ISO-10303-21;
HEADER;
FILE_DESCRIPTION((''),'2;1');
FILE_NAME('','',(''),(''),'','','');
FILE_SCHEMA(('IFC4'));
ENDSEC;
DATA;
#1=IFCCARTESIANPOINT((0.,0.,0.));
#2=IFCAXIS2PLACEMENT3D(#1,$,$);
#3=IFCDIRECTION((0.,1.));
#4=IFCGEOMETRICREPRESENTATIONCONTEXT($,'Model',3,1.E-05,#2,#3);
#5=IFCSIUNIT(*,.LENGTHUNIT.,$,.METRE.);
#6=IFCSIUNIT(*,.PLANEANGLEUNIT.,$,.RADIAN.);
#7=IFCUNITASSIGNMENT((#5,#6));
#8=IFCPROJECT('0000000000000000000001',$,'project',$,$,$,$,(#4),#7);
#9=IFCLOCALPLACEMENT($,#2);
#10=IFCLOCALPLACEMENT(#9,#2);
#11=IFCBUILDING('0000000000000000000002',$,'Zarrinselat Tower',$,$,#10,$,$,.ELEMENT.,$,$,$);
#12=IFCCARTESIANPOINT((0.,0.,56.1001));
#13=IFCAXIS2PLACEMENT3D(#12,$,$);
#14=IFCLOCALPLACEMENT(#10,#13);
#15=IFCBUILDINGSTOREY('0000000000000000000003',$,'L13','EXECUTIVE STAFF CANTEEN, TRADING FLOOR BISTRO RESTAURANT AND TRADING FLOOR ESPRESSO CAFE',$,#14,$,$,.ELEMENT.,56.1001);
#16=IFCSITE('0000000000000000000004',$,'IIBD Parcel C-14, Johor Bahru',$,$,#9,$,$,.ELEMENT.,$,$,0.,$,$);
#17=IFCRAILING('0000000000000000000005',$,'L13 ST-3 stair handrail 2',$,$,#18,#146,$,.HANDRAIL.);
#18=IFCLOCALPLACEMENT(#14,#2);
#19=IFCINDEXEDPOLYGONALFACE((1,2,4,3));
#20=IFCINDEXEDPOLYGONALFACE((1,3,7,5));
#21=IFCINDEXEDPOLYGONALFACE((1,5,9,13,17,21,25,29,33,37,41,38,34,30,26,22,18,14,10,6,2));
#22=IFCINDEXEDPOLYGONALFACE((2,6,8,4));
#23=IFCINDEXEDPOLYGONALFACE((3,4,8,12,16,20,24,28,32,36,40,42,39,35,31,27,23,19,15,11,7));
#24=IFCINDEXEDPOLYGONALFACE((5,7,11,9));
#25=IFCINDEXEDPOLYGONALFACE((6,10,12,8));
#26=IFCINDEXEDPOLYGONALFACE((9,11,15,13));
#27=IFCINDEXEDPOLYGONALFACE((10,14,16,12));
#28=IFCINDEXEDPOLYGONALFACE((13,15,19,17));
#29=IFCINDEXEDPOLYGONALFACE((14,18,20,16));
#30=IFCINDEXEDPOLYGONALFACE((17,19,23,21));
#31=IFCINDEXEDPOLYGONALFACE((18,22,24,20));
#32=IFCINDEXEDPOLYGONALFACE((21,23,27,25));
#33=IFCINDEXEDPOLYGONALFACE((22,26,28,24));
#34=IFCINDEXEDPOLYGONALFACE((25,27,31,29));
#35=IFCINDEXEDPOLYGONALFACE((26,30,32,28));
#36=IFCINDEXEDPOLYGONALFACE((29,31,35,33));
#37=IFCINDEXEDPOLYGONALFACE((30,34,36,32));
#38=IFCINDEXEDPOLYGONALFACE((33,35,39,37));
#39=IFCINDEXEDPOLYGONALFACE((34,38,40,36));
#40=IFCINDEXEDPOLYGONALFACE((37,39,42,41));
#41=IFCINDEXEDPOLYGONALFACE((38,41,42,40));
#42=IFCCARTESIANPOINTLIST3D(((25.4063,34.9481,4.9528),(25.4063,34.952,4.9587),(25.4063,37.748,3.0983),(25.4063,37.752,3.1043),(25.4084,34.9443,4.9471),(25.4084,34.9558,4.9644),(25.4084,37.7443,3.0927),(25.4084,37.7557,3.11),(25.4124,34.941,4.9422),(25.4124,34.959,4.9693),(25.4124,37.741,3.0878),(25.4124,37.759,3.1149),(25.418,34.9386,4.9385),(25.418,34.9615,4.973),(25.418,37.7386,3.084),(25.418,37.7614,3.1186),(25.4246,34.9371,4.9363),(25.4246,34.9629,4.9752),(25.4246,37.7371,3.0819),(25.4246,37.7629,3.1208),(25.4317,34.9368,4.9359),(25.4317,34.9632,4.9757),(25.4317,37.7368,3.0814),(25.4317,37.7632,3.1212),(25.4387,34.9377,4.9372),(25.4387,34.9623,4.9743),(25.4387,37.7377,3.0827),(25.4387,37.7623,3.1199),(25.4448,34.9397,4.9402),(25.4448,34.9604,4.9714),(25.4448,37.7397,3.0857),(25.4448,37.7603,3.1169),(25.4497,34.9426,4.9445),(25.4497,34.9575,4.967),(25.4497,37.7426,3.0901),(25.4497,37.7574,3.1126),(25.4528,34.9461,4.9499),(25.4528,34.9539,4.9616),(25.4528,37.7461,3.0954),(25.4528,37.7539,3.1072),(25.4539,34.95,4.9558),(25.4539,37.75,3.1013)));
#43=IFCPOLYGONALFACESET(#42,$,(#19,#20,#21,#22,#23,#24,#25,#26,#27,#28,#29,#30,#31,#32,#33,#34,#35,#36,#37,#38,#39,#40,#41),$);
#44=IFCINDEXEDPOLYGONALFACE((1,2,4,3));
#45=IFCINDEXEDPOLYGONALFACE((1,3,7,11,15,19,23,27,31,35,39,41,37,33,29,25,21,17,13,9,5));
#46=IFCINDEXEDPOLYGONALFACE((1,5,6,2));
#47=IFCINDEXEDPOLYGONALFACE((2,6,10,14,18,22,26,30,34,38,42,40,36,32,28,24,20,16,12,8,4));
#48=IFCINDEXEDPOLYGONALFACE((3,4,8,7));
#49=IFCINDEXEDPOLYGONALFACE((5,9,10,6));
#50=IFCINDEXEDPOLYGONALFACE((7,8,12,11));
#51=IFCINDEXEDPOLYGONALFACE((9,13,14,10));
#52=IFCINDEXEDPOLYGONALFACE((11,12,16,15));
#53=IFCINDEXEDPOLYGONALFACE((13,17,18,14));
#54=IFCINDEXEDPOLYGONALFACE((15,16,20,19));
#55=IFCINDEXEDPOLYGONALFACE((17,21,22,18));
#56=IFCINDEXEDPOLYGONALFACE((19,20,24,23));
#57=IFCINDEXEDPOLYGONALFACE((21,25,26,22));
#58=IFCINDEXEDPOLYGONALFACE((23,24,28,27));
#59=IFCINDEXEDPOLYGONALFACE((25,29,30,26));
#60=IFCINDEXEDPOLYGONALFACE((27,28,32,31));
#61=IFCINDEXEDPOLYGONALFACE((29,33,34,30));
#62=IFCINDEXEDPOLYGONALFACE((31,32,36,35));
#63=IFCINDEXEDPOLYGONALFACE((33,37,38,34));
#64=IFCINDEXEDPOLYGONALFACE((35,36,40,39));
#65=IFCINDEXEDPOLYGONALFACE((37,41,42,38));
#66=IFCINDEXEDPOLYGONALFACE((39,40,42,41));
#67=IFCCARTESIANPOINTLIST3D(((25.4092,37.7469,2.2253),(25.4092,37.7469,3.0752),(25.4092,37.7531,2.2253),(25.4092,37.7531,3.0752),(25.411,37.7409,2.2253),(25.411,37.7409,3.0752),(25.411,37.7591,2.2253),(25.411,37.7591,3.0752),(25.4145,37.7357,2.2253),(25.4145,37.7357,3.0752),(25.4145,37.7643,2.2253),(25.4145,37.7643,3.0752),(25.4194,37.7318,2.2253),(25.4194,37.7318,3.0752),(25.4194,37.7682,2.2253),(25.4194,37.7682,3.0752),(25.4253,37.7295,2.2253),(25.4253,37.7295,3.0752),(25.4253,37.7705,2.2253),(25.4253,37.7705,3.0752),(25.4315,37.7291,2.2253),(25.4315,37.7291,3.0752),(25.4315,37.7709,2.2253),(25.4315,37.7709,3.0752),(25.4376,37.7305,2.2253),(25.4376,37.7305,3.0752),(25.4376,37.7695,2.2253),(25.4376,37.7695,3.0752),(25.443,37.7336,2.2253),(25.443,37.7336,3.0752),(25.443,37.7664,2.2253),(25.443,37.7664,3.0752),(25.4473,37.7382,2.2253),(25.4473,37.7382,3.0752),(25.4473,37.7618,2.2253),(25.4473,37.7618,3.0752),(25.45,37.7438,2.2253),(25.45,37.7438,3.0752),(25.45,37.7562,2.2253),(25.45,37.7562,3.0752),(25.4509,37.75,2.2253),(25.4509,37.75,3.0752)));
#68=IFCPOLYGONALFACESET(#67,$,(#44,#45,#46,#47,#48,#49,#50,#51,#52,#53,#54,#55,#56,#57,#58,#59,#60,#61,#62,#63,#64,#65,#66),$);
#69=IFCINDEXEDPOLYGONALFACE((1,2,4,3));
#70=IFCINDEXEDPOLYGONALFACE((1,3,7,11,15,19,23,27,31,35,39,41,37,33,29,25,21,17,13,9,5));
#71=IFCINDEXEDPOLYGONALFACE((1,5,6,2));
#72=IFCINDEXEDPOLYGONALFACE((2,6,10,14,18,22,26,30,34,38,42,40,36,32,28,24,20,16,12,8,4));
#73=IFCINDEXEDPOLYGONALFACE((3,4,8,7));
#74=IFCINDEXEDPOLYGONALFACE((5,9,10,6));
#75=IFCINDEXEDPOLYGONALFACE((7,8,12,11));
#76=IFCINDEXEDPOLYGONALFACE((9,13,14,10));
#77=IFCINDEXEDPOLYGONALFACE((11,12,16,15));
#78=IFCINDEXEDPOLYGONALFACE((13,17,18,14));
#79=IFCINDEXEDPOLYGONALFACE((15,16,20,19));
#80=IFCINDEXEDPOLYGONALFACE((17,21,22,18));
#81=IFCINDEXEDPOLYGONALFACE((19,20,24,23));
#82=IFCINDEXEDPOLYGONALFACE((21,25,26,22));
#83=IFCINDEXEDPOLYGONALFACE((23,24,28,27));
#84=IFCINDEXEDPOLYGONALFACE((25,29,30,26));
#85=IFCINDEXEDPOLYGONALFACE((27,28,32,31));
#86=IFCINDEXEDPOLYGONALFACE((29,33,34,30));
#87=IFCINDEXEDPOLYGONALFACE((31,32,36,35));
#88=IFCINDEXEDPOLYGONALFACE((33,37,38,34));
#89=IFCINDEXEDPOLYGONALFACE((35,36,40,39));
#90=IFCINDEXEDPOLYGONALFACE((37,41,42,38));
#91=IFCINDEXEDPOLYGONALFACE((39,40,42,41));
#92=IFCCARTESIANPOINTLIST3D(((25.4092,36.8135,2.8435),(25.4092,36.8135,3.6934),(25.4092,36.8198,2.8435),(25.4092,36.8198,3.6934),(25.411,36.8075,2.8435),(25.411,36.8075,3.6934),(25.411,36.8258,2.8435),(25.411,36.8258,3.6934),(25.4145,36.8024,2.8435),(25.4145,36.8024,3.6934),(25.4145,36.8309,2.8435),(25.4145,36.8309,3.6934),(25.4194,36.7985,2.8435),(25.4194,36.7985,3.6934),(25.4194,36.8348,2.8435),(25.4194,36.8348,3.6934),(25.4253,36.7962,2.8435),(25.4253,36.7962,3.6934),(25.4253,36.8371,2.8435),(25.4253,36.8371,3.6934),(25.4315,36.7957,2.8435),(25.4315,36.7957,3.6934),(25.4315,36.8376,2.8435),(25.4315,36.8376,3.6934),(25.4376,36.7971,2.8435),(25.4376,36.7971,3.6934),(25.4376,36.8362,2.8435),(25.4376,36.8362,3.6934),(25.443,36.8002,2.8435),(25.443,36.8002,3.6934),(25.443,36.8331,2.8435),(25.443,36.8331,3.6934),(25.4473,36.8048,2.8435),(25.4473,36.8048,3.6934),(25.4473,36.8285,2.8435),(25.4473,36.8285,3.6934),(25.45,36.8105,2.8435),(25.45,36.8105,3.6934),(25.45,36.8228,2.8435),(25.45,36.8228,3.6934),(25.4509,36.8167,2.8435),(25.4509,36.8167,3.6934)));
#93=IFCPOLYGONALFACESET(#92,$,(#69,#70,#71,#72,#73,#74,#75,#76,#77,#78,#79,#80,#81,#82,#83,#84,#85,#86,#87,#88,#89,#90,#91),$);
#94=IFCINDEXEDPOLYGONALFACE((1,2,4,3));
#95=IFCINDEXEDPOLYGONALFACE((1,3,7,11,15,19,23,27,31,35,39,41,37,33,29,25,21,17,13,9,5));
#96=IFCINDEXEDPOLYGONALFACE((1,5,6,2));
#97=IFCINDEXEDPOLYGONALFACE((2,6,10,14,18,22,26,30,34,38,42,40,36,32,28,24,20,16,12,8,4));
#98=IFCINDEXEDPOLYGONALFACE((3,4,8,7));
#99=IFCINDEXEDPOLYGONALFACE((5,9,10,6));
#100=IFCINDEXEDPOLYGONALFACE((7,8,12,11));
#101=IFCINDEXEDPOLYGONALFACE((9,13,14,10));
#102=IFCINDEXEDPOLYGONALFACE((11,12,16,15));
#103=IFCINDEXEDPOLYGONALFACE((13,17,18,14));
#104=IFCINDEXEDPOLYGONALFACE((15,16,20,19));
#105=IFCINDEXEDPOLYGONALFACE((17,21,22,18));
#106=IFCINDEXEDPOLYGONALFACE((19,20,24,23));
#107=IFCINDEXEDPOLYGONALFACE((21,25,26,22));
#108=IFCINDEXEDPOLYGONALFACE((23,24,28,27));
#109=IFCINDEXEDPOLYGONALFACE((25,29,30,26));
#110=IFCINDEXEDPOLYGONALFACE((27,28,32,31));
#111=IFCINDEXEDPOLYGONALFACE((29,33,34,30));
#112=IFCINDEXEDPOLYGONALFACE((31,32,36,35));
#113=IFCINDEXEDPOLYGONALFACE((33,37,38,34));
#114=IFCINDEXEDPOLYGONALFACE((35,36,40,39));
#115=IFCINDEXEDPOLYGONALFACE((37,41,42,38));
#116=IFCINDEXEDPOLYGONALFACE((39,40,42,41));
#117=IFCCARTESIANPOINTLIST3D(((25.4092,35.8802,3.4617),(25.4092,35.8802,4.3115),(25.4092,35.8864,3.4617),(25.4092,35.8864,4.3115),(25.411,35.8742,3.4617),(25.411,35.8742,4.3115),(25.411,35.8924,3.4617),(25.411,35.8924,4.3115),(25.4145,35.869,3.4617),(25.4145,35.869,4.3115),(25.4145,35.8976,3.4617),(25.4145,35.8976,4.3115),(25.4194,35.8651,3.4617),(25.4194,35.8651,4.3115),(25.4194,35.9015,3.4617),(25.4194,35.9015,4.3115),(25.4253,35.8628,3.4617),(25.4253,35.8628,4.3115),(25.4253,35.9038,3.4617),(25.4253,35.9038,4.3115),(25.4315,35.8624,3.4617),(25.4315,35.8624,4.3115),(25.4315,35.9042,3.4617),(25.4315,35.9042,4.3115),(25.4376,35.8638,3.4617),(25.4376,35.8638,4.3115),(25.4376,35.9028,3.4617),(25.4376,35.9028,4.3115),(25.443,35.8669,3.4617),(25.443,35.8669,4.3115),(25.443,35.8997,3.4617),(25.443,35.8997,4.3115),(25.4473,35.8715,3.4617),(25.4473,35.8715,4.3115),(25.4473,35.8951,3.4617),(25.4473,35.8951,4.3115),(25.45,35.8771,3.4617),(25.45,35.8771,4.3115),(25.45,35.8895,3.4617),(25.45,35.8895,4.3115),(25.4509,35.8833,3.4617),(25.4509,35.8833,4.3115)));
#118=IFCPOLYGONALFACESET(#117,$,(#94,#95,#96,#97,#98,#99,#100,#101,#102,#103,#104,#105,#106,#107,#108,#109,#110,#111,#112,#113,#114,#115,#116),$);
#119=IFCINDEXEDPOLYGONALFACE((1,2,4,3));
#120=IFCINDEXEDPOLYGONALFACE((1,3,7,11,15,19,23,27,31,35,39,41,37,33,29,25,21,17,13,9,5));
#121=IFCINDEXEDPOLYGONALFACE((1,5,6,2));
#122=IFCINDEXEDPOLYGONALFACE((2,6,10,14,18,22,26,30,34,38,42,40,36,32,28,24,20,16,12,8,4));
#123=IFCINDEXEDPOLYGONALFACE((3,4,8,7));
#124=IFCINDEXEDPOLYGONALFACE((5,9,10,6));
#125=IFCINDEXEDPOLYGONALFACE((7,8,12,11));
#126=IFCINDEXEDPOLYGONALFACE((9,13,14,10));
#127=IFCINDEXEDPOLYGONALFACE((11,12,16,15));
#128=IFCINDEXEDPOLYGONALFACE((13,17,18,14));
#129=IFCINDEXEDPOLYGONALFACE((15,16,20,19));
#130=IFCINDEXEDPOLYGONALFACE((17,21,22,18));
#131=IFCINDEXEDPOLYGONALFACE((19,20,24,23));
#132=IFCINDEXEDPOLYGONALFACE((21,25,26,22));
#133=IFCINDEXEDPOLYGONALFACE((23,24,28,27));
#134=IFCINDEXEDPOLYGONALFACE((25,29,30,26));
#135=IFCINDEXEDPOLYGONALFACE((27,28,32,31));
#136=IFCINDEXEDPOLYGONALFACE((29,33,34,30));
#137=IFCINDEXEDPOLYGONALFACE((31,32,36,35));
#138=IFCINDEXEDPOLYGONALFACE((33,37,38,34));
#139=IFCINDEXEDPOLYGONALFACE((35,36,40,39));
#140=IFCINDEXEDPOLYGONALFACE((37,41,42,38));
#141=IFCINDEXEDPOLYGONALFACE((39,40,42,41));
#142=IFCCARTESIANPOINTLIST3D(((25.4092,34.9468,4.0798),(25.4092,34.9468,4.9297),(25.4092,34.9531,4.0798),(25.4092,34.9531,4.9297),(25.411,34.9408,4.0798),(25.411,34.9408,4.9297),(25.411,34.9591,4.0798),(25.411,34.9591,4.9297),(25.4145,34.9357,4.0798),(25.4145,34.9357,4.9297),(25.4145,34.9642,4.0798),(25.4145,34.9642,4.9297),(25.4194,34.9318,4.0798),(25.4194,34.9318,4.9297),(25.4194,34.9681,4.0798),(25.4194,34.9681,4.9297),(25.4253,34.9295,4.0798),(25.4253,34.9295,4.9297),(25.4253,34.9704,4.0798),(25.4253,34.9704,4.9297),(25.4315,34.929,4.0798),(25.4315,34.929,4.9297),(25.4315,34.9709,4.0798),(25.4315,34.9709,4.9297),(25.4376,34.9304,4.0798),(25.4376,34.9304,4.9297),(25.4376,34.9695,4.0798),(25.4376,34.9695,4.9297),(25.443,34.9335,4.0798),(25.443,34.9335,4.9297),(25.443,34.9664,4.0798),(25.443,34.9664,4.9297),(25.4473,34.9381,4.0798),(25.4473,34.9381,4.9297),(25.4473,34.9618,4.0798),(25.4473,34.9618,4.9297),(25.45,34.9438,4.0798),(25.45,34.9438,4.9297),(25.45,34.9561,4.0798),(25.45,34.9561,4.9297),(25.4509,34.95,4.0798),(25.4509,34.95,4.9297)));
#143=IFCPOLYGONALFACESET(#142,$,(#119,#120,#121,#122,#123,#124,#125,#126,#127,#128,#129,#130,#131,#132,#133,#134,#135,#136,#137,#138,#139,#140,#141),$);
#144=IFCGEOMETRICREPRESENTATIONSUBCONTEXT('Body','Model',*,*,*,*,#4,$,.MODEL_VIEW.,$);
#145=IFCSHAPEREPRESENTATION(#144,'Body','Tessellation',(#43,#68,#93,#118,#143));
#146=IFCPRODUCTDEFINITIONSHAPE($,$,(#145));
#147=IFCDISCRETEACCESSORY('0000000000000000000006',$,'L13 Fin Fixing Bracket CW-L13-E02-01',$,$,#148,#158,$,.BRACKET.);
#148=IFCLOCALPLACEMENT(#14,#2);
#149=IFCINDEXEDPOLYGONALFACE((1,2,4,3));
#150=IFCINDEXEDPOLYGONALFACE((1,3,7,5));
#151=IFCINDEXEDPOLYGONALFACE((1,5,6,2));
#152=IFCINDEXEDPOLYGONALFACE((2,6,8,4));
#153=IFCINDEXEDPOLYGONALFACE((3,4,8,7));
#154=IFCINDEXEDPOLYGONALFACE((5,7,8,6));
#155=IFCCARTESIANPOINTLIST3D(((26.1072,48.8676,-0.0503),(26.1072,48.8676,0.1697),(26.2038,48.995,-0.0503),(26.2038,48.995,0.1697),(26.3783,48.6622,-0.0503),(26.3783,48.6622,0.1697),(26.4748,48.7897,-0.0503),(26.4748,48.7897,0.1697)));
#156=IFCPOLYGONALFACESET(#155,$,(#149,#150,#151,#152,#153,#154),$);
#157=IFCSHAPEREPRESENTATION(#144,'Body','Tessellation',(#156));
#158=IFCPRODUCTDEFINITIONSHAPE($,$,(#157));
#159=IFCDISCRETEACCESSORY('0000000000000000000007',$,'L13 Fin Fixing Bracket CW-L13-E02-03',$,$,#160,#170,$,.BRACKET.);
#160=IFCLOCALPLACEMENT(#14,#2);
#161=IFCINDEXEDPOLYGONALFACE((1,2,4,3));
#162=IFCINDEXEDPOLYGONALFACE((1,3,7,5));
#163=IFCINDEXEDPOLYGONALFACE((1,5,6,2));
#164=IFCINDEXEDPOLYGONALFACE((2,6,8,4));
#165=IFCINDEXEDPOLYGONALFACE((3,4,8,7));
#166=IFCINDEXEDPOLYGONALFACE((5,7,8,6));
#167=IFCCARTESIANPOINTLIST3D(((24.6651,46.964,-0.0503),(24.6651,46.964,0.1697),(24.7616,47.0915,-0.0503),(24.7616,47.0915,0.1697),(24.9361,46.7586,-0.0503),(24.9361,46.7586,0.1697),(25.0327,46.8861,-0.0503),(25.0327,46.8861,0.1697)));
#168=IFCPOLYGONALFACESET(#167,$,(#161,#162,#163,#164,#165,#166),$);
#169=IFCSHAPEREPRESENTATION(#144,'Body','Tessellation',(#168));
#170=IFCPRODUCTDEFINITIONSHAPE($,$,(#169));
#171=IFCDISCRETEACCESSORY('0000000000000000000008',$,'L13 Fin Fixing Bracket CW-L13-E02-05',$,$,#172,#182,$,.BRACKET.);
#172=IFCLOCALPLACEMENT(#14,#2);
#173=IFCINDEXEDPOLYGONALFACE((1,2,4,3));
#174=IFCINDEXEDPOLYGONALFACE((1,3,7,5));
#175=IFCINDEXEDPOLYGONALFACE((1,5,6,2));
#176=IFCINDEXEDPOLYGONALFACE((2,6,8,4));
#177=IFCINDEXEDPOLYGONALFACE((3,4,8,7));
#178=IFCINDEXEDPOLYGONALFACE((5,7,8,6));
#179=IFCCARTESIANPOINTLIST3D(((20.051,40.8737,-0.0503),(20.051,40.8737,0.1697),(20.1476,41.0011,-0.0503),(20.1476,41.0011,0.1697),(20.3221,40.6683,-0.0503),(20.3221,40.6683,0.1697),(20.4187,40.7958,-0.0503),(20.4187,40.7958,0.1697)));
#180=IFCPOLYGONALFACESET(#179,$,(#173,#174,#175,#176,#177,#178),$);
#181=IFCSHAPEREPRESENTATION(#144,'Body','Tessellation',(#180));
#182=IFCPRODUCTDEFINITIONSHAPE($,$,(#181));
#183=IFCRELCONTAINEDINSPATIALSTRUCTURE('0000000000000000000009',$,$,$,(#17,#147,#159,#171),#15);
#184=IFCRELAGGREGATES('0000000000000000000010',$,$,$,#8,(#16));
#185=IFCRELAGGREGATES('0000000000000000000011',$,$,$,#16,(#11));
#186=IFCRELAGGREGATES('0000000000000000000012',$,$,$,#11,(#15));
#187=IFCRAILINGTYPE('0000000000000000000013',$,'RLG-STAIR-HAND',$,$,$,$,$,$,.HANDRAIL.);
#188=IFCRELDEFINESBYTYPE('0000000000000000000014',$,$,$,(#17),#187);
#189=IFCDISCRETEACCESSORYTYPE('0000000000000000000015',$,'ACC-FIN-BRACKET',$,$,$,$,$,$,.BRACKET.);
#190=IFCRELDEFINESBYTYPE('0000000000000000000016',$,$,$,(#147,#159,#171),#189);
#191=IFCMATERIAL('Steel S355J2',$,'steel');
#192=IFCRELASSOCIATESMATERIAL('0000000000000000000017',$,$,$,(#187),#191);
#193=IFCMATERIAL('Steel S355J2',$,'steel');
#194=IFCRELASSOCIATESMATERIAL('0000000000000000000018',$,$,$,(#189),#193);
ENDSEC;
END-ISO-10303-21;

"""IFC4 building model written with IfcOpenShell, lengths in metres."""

from ifc_helpers import new_model, si_unit, direction, frame, origin, origin_2d, place, context, subcontext, project, spatial, rectangle, circle, extrude, material, type_object, element, save


model = new_model("IFC4")

# Units and contexts
model_context = context("Model", 3, precision=1e-05, world=origin(), true_north=direction((0.0, 1.0)))
body_context = subcontext(model_context, "Body", "Model", "MODEL_VIEW")
ifc_project = project(units=[si_unit("LENGTHUNIT", "METRE"), si_unit("PLANEANGLEUNIT", "RADIAN")], contexts=[model_context])

# Site, building, storey
site_placement = place(None, origin())
site = spatial("IfcSite", under=ifc_project, at=site_placement, Name="IIBD Parcel C-14, Johor Bahru", CompositionType="ELEMENT", RefElevation=0.0)
building_placement = place(site_placement, origin())
building = spatial("IfcBuilding", under=site, at=building_placement, Name="Zarrinselat Tower", CompositionType="ELEMENT")
storey_placement = place(building_placement, frame((0.0, 0.0, 56.1001)))
storey = spatial("IfcBuildingStorey", under=building, at=storey_placement, Name="L13", Description="EXECUTIVE STAFF CANTEEN, TRADING FLOOR BISTRO RESTAURANT AND TRADING FLOOR ESPRESSO CAFE", CompositionType="ELEMENT", Elevation=56.1001)

# Railing
ifc_material_1 = material(Name="Steel S355J2", Category="steel")
railing_type_1 = type_object("IfcRailingType", Name="RLG-STAIR-HAND", PredefinedType="HANDRAIL", material=ifc_material_1)
railing_1_placement = place(storey_placement, frame((25.4299, 37.75, 2.2253)))
element("IfcRailing", 1, at=railing_1_placement, inside=storey, type_object=railing_type_1, Name="L13 ST-3 stair handrail 2", PredefinedType="HANDRAIL", context=body_context, shape_type="SweptSolid", body=[
    extrude(circle(Radius=0.0239, at=origin_2d()), frame((0.0, 0.0, 0.876), z_axis=(0.0, -0.833724, 0.552181), x_axis=(1.0, 0.0, 0.0)), (0.0, 0.0, 1.0), 3.3584),
    extrude(circle(Radius=0.021, at=origin_2d()), origin(), (0.0, 0.0, 1.0), 0.8499),
    extrude(circle(Radius=0.021, at=origin_2d()), frame((0.0, -0.9333, 0.6182)), (0.0, 0.0, 1.0), 0.8499),
    extrude(circle(Radius=0.021, at=origin_2d()), frame((0.0, -1.8667, 1.2363)), (0.0, 0.0, 1.0), 0.8499),
    extrude(circle(Radius=0.021, at=origin_2d()), frame((0.0, -2.8, 1.8545)), (0.0, 0.0, 1.0), 0.8499),
])

# Discrete accessories
ifc_material_2 = material(Name="Steel S355J2", Category="steel")
discrete_accessory_type = type_object("IfcDiscreteAccessoryType", Name="ACC-FIN-BRACKET", PredefinedType="BRACKET", material=ifc_material_2)
for number, where, z_axis, x_axis, name in (
    (2, (26.291, 48.8286, -0.0503), (0.0, 0.0, 1.0), (-0.797091, 0.60386, 0.0), "L13 Fin Fixing Bracket CW-L13-E02-01"),
    (3, (24.8489, 46.925, -0.0503), (0.0, 0.0, 1.0), (-0.797091, 0.60386, 0.0), "L13 Fin Fixing Bracket CW-L13-E02-03"),
    (4, (20.2349, 40.8347, -0.0503), (0.0, 0.0, 1.0), (-0.797091, 0.60386, 0.0), "L13 Fin Fixing Bracket CW-L13-E02-05"),
):
    element("IfcDiscreteAccessory", number, at=place(storey_placement, frame(where, z_axis=z_axis, x_axis=x_axis)), inside=storey, type_object=discrete_accessory_type, Name=name, PredefinedType="BRACKET", context=body_context, shape_type="SweptSolid", body=[
        extrude(rectangle(XDim=0.3401, YDim=0.1599, at=origin_2d()), origin(), (0.0, 0.0, 1.0), 0.22),
    ])

save(model, "model.ifc")
